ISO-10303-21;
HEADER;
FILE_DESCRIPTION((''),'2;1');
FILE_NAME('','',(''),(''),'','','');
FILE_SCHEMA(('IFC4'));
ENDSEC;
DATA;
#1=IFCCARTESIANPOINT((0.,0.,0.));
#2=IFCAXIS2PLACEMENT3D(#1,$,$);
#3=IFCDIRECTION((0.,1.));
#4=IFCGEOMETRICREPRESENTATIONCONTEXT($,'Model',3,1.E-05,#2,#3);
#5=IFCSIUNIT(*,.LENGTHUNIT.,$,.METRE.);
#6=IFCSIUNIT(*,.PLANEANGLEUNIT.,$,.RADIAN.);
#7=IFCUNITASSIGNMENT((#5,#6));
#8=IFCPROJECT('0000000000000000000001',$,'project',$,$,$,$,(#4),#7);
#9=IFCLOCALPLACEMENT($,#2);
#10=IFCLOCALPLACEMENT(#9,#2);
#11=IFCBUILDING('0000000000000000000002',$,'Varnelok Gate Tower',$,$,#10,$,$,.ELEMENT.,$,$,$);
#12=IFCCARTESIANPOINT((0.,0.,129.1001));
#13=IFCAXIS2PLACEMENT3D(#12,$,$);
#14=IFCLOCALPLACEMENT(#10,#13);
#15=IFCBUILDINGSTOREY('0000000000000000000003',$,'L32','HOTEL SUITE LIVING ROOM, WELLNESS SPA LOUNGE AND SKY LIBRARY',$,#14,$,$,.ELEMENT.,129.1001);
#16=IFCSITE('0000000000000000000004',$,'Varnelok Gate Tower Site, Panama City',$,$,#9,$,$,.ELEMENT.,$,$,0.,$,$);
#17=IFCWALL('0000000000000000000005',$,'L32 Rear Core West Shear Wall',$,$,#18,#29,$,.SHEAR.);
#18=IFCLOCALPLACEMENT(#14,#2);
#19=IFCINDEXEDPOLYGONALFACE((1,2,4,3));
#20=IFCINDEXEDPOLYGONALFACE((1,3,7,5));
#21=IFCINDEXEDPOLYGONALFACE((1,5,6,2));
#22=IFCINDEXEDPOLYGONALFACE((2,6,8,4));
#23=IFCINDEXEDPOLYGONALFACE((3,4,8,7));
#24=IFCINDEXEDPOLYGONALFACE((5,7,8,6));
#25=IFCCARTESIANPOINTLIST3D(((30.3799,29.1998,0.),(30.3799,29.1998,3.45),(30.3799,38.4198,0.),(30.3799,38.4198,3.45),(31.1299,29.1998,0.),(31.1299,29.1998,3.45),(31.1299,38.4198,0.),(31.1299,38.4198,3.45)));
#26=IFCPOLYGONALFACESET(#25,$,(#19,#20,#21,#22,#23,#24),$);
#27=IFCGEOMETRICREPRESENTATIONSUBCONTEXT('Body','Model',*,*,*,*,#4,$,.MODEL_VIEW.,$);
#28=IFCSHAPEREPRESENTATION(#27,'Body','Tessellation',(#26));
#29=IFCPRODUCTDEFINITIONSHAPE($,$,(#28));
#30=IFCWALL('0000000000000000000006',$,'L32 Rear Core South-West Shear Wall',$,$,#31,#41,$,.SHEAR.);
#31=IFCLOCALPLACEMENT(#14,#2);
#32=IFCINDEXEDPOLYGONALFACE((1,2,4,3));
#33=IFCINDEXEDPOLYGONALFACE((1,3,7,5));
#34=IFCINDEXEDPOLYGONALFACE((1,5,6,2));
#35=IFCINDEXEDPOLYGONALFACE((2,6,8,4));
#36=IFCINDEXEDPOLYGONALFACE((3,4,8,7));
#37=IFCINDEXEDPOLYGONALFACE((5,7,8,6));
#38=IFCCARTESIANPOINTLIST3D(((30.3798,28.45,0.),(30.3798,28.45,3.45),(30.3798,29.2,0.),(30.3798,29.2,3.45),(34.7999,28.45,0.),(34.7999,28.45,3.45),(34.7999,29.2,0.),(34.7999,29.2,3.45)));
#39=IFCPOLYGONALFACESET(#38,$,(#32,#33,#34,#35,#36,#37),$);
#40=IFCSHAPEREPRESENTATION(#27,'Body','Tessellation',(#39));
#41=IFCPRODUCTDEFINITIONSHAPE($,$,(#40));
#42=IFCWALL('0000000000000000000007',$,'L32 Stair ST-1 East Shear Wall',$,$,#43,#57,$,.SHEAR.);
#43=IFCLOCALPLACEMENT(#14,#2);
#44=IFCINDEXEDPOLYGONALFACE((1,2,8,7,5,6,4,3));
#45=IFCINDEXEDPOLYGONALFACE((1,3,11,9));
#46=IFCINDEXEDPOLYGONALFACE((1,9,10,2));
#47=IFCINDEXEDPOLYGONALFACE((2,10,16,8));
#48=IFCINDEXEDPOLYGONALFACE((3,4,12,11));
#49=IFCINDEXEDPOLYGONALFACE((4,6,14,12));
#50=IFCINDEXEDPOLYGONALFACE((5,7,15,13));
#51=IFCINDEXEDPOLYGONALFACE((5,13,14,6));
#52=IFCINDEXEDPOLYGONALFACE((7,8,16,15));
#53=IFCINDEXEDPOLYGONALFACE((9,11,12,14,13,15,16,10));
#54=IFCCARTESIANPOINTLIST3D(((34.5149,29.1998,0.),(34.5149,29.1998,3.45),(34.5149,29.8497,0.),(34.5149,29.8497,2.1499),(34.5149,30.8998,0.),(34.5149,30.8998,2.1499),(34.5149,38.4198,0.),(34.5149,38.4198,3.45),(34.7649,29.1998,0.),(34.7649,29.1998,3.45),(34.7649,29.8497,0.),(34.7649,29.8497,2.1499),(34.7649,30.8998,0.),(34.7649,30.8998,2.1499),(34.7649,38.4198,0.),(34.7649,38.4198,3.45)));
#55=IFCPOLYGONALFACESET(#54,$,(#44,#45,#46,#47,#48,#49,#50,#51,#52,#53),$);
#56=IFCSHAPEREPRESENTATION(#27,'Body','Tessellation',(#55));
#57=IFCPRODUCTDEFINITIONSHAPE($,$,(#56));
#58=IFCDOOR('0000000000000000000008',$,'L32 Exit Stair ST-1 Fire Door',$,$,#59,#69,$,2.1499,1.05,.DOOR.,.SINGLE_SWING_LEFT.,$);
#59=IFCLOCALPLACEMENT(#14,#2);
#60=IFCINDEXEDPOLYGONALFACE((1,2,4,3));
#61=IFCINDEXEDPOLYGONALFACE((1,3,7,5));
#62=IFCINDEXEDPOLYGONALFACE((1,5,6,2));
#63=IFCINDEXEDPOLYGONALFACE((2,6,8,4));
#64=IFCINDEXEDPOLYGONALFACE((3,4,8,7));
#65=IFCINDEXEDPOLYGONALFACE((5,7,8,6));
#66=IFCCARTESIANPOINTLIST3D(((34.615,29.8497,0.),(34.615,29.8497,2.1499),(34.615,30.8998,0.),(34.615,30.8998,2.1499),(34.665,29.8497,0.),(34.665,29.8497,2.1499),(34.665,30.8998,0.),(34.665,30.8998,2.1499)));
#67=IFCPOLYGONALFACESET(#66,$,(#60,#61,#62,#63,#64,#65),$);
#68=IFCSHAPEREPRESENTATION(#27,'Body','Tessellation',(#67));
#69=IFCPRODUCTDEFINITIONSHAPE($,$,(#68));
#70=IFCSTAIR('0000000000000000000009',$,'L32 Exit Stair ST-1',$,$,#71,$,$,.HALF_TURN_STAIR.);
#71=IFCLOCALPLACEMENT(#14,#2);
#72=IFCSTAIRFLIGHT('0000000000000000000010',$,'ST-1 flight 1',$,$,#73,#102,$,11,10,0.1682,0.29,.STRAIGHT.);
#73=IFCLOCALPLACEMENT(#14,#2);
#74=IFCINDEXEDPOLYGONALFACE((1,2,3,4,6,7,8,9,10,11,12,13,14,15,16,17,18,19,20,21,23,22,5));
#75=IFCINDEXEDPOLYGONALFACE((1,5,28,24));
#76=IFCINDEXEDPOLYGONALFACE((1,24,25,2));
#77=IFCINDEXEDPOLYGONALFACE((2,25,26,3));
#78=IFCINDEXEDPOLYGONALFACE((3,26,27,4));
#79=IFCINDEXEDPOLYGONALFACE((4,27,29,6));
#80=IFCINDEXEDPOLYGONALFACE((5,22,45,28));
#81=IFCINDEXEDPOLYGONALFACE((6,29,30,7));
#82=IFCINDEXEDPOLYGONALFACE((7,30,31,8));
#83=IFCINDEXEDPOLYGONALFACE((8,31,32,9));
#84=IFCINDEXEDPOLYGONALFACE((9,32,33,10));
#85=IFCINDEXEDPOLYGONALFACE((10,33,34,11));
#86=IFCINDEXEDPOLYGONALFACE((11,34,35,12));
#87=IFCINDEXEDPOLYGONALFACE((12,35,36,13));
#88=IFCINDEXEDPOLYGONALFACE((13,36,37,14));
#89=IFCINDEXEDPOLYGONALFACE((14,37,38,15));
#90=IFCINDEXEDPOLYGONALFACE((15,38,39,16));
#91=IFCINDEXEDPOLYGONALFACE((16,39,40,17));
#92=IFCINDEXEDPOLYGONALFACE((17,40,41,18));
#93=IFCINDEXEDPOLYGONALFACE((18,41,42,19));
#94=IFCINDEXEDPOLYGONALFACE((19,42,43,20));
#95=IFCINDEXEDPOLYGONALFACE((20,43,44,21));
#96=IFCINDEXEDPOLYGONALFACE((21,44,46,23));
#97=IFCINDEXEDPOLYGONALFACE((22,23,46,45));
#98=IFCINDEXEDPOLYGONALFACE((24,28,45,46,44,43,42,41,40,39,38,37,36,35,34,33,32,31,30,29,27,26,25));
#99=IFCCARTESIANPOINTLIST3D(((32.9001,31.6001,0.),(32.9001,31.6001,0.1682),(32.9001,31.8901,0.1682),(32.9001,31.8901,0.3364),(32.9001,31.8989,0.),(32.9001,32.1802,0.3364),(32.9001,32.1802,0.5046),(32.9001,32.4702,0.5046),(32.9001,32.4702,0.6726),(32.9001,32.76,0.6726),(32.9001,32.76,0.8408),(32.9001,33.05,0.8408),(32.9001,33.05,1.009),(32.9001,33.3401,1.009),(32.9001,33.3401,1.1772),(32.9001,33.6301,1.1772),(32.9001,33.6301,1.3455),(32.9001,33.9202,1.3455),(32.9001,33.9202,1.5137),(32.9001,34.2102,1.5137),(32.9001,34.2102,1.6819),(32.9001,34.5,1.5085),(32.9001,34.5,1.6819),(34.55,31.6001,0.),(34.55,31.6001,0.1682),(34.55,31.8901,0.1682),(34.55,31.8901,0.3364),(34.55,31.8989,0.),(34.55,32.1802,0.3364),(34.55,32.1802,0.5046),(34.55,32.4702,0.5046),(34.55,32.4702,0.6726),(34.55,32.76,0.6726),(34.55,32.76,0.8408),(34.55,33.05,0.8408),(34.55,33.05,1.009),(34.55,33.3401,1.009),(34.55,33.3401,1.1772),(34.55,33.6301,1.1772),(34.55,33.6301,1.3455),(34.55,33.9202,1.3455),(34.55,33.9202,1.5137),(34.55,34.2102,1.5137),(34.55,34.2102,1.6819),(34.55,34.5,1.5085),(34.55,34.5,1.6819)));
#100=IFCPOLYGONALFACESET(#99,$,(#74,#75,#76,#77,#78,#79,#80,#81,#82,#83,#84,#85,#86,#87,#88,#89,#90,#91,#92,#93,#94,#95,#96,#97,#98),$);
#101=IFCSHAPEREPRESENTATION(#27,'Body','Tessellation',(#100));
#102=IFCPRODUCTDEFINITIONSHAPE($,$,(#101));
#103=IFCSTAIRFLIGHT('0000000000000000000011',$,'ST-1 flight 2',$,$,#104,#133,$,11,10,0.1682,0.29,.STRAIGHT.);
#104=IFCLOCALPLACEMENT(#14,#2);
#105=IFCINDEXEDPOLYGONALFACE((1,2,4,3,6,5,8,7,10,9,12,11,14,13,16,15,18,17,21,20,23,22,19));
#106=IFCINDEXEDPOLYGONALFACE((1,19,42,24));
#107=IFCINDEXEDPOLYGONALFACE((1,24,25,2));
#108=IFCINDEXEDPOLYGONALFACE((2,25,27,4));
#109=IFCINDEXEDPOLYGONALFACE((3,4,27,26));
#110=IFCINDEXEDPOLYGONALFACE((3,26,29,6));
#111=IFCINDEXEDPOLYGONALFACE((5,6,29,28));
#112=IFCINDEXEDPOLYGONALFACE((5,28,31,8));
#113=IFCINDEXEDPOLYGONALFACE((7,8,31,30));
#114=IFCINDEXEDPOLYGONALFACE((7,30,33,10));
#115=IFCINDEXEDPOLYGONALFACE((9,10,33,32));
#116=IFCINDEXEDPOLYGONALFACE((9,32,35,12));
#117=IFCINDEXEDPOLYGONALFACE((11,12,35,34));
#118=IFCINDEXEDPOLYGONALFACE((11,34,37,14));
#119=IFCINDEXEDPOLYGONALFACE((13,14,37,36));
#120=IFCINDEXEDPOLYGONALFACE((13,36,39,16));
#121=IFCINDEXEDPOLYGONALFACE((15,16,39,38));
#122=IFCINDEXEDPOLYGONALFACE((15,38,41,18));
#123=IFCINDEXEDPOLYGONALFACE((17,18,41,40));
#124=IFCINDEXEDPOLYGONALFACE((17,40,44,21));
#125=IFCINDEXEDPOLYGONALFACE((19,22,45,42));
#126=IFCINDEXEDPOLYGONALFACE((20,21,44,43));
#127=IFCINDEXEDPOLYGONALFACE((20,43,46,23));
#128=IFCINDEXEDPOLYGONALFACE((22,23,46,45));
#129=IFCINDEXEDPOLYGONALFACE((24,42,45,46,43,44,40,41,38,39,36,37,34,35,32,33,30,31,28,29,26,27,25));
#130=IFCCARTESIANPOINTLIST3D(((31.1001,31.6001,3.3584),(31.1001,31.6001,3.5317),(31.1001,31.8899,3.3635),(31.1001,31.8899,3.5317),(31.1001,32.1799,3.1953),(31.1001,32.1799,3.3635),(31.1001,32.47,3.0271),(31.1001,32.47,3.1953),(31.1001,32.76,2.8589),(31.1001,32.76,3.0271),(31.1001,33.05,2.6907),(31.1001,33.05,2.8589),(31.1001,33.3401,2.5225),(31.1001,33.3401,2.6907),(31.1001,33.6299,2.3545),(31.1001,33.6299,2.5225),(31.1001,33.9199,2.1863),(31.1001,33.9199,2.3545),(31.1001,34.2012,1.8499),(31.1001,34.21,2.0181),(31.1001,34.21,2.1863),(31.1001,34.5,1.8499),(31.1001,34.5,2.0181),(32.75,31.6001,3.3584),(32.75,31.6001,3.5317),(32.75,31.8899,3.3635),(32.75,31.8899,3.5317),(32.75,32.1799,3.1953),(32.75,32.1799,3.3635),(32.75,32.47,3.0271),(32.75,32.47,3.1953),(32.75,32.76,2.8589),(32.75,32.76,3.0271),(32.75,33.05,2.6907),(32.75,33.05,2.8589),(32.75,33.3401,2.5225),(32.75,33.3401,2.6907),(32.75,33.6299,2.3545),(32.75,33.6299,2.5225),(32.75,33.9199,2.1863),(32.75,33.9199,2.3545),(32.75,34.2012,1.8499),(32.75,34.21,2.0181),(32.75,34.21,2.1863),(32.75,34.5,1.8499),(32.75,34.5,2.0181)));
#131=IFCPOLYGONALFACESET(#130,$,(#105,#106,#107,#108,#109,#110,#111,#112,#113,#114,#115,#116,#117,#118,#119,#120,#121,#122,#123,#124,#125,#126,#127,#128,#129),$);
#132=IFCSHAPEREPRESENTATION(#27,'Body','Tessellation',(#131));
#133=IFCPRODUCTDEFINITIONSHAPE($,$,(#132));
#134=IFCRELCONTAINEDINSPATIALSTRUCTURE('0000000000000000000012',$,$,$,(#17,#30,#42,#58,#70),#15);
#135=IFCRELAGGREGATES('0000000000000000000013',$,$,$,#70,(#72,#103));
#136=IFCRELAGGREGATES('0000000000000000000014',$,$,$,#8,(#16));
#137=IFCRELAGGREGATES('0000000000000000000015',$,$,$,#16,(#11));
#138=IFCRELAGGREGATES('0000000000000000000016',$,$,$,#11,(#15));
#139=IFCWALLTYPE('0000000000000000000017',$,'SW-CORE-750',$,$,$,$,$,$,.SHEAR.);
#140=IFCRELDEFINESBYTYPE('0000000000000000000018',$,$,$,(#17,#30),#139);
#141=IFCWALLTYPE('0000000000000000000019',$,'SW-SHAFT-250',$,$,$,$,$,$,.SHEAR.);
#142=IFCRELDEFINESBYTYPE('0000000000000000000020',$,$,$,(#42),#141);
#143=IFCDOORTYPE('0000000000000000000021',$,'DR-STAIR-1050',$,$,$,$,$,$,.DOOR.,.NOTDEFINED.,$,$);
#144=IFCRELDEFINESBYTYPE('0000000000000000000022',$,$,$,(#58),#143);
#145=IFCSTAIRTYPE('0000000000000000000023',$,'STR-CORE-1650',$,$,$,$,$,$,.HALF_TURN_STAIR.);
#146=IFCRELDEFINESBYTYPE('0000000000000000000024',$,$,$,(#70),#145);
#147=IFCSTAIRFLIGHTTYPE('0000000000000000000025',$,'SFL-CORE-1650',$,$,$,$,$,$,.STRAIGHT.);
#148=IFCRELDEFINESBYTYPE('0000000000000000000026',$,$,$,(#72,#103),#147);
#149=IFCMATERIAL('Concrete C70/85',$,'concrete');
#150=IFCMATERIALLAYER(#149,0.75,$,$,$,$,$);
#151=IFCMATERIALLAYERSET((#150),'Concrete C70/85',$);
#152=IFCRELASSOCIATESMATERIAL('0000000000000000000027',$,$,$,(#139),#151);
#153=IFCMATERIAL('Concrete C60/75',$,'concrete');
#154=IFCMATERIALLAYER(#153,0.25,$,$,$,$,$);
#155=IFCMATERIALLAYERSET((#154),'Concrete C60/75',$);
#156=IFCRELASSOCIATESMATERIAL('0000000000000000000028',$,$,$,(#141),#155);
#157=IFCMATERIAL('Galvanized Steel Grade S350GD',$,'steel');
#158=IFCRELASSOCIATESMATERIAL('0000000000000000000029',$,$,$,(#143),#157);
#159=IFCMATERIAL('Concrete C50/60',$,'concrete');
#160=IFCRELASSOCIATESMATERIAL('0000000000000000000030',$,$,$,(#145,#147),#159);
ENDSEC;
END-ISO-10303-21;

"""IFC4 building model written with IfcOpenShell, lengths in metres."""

from ifc_helpers import new_model, si_unit, direction, frame, frame_2d, origin, place, context, subcontext, project, spatial, polyline, rectangle, outline, extrude, material, layer, layer_set, type_object, element, fill, aggregate, save


model = new_model("IFC4")

# Units and contexts
model_context = context("Model", 3, precision=1e-05, world=origin(), true_north=direction((0.0, 1.0)))
body_context = subcontext(model_context, "Body", "Model", "MODEL_VIEW")
ifc_project = project(units=[si_unit("LENGTHUNIT", "METRE"), si_unit("PLANEANGLEUNIT", "RADIAN")], contexts=[model_context])

# Site, building, storey
site_placement = place(None, origin())
site = spatial("IfcSite", under=ifc_project, at=site_placement, Name="Varnelok Gate Tower Site, Panama City", CompositionType="ELEMENT", RefElevation=0.0)
building_placement = place(site_placement, origin())
building = spatial("IfcBuilding", under=site, at=building_placement, Name="Varnelok Gate Tower", CompositionType="ELEMENT")
storey_placement = place(building_placement, frame((0.0, 0.0, 129.1001)))
storey = spatial("IfcBuildingStorey", under=building, at=storey_placement, Name="L32", Description="HOTEL SUITE LIVING ROOM, WELLNESS SPA LOUNGE AND SKY LIBRARY", CompositionType="ELEMENT", Elevation=129.1001)

# Shared definitions
ifc_material_1 = material(Name="Concrete C70/85", Category="concrete")

# Shared definitions
ifc_material_2 = material(Name="Concrete C60/75", Category="concrete")

# Shared definitions
ifc_material_3 = material(Name="Galvanized Steel Grade S350GD", Category="steel")

# Walls
ifc_layer_1 = layer(ifc_material_1, 0.75)
ifc_layer_set_1 = layer_set([ifc_layer_1], Name="Concrete C70/85")
wall_type_1 = type_object("IfcWallType", Name="SW-CORE-750", PredefinedType="SHEAR", material=ifc_layer_set_1)
wall_1_placement = place(storey_placement, frame((30.7549, 29.2, 0.0), z_axis=(0.0, 0.0, 1.0), x_axis=(0.0, 1.0, 0.0)))
element("IfcWall", 1, at=wall_1_placement, inside=storey, type_object=wall_type_1, Name="L32 Rear Core West Shear Wall", PredefinedType="SHEAR", context=body_context, shape_type="SweptSolid", body=[
    extrude(rectangle(XDim=9.22, YDim=0.75, at=frame_2d((4.6099, 0.0))), origin(), (0.0, 0.0, 1.0), 3.45),
])
wall_2_placement = place(storey_placement, frame((30.3799, 28.825, 0.0), z_axis=(0.0, 0.0, 1.0), x_axis=(1.0, 0.0, 0.0)))
element("IfcWall", 2, at=wall_2_placement, inside=storey, type_object=wall_type_1, Name="L32 Rear Core South-West Shear Wall", PredefinedType="SHEAR", context=body_context, shape_type="SweptSolid", body=[
    extrude(rectangle(XDim=4.4202, YDim=0.75, at=frame_2d((2.21, 0.0))), origin(), (0.0, 0.0, 1.0), 3.45),
])

# Wall, opening, door
ifc_layer_2 = layer(ifc_material_2, 0.25)
ifc_layer_set_2 = layer_set([ifc_layer_2], Name="Concrete C60/75")
wall_type_2 = type_object("IfcWallType", Name="SW-SHAFT-250", PredefinedType="SHEAR", material=ifc_layer_set_2)
wall_3_placement = place(storey_placement, frame((34.6399, 29.2, 0.0), z_axis=(0.0, 0.0, 1.0), x_axis=(0.0, 1.0, 0.0)))
wall_3 = element("IfcWall", 3, at=wall_3_placement, inside=storey, type_object=wall_type_2, Name="L32 Stair ST-1 East Shear Wall", PredefinedType="SHEAR", context=body_context, shape_type="SweptSolid", body=[
    extrude(rectangle(XDim=9.22, YDim=0.25, at=frame_2d((4.6099, 0.0))), origin(), (0.0, 0.0, 1.0), 3.45),
])
opening_1_placement = place(wall_3_placement, frame((0.6499, 0.0, 0.0)))
opening_1 = element("IfcOpeningElement", 4, at=opening_1_placement, cuts=wall_3, PredefinedType="OPENING", context=body_context, shape_type="SweptSolid", body=[
    extrude(rectangle(XDim=1.05, YDim=2.1499, at=frame_2d((0.5249, 1.075))), frame((0.0, 0.135, 0.0), z_axis=(0.0, -1.0, 0.0), x_axis=(1.0, 0.0, 0.0)), (0.0, 0.0, 1.0), 0.27),
])
door_type_1 = type_object("IfcDoorType", Name="DR-STAIR-1050", OperationType="NOTDEFINED", PredefinedType="DOOR", material=ifc_material_3)
door_1_placement = place(opening_1_placement, origin())
door_1 = element("IfcDoor", 5, at=door_1_placement, inside=storey, type_object=door_type_1, Name="L32 Exit Stair ST-1 Fire Door", OperationType="SINGLE_SWING_LEFT", OverallHeight=2.1499, OverallWidth=1.05, PredefinedType="DOOR", context=body_context, shape_type="SweptSolid", body=[
    extrude(rectangle(XDim=1.05, YDim=2.1499, at=frame_2d((0.5249, 1.075))), frame((0.0, 0.0249, 0.0), z_axis=(0.0, -1.0, 0.0), x_axis=(1.0, 0.0, 0.0)), (0.0, 0.0, 1.0), 0.05),
])
fill(opening_1, door_1)

# Stair, stair flights
ifc_material_4 = material(Name="Concrete C50/60", Category="concrete")
stair_type = type_object("IfcStairType", Name="STR-CORE-1650", PredefinedType="HALF_TURN_STAIR", material=ifc_material_4)
stair_placement = place(storey_placement, origin())
stair = element("IfcStair", 6, at=stair_placement, inside=storey, type_object=stair_type, Name="L32 Exit Stair ST-1", PredefinedType="HALF_TURN_STAIR")
stair_flight_type = type_object("IfcStairFlightType", Name="SFL-CORE-1650", PredefinedType="STRAIGHT", material=ifc_material_4)
stair_flight_1_placement = place(storey_placement, frame((33.7251, 31.6001, 0.0), z_axis=(0.0, 0.0, 1.0), x_axis=(0.0, 1.0, 0.0)))
stair_flight_1 = element("IfcStairFlight", 7, at=stair_flight_1_placement, type_object=stair_flight_type, Name="ST-1 flight 1", NumberOfRisers=11, NumberOfTreads=10, PredefinedType="STRAIGHT", RiserHeight=0.1682, TreadLength=0.29, context=body_context, shape_type="SweptSolid", body=[
    extrude(outline(polyline([(0.0, 0.0), (0.0, 0.1682), (0.29, 0.1682), (0.29, 0.3364), (0.5801, 0.3364), (0.5801, 0.5046), (0.8701, 0.5046), (0.8701, 0.6726), (1.1599, 0.6726), (1.1599, 0.8408), (1.45, 0.8408), (1.45, 1.009), (1.74, 1.009), (1.74, 1.1772), (2.03, 1.1772), (2.03, 1.3455), (2.3201, 1.3455), (2.3201, 1.5137), (2.6101, 1.5137), (2.6101, 1.6819), (2.8999, 1.6819), (2.8999, 1.8501), (2.8999, 1.5085), (0.2988, 0.0), (0.0, 0.0)])), frame((0.0, 0.825, 0.0), z_axis=(0.0, -1.0, 0.0), x_axis=(1.0, 0.0, 0.0)), (0.0, 0.0, 1.0), 1.6499),
])
stair_flight_2_placement = place(storey_placement, frame((31.925, 34.5, 1.8499), z_axis=(0.0, 0.0, 1.0), x_axis=(0.0, -1.0, 0.0)))
stair_flight_2 = element("IfcStairFlight", 8, at=stair_flight_2_placement, type_object=stair_flight_type, Name="ST-1 flight 2", NumberOfRisers=11, NumberOfTreads=10, PredefinedType="STRAIGHT", RiserHeight=0.1682, TreadLength=0.29, context=body_context, shape_type="SweptSolid", body=[
    extrude(outline(polyline([(0.0, 0.0), (0.0, 0.1682), (0.29, 0.1682), (0.29, 0.3364), (0.5801, 0.3364), (0.5801, 0.5046), (0.8701, 0.5046), (0.8701, 0.6726), (1.1599, 0.6726), (1.1599, 0.8408), (1.45, 0.8408), (1.45, 1.009), (1.74, 1.009), (1.74, 1.1772), (2.03, 1.1772), (2.03, 1.3455), (2.3201, 1.3455), (2.3201, 1.5137), (2.6101, 1.5137), (2.6101, 1.6819), (2.8999, 1.6819), (2.8999, 1.8501), (2.8999, 1.5085), (0.2988, 0.0), (0.0, 0.0)])), frame((0.0, 0.825, 0.0), z_axis=(0.0, -1.0, 0.0), x_axis=(1.0, 0.0, 0.0)), (0.0, 0.0, 1.0), 1.6499),
])
aggregate(stair, [stair_flight_1, stair_flight_2])

save(model, "model.ifc")
